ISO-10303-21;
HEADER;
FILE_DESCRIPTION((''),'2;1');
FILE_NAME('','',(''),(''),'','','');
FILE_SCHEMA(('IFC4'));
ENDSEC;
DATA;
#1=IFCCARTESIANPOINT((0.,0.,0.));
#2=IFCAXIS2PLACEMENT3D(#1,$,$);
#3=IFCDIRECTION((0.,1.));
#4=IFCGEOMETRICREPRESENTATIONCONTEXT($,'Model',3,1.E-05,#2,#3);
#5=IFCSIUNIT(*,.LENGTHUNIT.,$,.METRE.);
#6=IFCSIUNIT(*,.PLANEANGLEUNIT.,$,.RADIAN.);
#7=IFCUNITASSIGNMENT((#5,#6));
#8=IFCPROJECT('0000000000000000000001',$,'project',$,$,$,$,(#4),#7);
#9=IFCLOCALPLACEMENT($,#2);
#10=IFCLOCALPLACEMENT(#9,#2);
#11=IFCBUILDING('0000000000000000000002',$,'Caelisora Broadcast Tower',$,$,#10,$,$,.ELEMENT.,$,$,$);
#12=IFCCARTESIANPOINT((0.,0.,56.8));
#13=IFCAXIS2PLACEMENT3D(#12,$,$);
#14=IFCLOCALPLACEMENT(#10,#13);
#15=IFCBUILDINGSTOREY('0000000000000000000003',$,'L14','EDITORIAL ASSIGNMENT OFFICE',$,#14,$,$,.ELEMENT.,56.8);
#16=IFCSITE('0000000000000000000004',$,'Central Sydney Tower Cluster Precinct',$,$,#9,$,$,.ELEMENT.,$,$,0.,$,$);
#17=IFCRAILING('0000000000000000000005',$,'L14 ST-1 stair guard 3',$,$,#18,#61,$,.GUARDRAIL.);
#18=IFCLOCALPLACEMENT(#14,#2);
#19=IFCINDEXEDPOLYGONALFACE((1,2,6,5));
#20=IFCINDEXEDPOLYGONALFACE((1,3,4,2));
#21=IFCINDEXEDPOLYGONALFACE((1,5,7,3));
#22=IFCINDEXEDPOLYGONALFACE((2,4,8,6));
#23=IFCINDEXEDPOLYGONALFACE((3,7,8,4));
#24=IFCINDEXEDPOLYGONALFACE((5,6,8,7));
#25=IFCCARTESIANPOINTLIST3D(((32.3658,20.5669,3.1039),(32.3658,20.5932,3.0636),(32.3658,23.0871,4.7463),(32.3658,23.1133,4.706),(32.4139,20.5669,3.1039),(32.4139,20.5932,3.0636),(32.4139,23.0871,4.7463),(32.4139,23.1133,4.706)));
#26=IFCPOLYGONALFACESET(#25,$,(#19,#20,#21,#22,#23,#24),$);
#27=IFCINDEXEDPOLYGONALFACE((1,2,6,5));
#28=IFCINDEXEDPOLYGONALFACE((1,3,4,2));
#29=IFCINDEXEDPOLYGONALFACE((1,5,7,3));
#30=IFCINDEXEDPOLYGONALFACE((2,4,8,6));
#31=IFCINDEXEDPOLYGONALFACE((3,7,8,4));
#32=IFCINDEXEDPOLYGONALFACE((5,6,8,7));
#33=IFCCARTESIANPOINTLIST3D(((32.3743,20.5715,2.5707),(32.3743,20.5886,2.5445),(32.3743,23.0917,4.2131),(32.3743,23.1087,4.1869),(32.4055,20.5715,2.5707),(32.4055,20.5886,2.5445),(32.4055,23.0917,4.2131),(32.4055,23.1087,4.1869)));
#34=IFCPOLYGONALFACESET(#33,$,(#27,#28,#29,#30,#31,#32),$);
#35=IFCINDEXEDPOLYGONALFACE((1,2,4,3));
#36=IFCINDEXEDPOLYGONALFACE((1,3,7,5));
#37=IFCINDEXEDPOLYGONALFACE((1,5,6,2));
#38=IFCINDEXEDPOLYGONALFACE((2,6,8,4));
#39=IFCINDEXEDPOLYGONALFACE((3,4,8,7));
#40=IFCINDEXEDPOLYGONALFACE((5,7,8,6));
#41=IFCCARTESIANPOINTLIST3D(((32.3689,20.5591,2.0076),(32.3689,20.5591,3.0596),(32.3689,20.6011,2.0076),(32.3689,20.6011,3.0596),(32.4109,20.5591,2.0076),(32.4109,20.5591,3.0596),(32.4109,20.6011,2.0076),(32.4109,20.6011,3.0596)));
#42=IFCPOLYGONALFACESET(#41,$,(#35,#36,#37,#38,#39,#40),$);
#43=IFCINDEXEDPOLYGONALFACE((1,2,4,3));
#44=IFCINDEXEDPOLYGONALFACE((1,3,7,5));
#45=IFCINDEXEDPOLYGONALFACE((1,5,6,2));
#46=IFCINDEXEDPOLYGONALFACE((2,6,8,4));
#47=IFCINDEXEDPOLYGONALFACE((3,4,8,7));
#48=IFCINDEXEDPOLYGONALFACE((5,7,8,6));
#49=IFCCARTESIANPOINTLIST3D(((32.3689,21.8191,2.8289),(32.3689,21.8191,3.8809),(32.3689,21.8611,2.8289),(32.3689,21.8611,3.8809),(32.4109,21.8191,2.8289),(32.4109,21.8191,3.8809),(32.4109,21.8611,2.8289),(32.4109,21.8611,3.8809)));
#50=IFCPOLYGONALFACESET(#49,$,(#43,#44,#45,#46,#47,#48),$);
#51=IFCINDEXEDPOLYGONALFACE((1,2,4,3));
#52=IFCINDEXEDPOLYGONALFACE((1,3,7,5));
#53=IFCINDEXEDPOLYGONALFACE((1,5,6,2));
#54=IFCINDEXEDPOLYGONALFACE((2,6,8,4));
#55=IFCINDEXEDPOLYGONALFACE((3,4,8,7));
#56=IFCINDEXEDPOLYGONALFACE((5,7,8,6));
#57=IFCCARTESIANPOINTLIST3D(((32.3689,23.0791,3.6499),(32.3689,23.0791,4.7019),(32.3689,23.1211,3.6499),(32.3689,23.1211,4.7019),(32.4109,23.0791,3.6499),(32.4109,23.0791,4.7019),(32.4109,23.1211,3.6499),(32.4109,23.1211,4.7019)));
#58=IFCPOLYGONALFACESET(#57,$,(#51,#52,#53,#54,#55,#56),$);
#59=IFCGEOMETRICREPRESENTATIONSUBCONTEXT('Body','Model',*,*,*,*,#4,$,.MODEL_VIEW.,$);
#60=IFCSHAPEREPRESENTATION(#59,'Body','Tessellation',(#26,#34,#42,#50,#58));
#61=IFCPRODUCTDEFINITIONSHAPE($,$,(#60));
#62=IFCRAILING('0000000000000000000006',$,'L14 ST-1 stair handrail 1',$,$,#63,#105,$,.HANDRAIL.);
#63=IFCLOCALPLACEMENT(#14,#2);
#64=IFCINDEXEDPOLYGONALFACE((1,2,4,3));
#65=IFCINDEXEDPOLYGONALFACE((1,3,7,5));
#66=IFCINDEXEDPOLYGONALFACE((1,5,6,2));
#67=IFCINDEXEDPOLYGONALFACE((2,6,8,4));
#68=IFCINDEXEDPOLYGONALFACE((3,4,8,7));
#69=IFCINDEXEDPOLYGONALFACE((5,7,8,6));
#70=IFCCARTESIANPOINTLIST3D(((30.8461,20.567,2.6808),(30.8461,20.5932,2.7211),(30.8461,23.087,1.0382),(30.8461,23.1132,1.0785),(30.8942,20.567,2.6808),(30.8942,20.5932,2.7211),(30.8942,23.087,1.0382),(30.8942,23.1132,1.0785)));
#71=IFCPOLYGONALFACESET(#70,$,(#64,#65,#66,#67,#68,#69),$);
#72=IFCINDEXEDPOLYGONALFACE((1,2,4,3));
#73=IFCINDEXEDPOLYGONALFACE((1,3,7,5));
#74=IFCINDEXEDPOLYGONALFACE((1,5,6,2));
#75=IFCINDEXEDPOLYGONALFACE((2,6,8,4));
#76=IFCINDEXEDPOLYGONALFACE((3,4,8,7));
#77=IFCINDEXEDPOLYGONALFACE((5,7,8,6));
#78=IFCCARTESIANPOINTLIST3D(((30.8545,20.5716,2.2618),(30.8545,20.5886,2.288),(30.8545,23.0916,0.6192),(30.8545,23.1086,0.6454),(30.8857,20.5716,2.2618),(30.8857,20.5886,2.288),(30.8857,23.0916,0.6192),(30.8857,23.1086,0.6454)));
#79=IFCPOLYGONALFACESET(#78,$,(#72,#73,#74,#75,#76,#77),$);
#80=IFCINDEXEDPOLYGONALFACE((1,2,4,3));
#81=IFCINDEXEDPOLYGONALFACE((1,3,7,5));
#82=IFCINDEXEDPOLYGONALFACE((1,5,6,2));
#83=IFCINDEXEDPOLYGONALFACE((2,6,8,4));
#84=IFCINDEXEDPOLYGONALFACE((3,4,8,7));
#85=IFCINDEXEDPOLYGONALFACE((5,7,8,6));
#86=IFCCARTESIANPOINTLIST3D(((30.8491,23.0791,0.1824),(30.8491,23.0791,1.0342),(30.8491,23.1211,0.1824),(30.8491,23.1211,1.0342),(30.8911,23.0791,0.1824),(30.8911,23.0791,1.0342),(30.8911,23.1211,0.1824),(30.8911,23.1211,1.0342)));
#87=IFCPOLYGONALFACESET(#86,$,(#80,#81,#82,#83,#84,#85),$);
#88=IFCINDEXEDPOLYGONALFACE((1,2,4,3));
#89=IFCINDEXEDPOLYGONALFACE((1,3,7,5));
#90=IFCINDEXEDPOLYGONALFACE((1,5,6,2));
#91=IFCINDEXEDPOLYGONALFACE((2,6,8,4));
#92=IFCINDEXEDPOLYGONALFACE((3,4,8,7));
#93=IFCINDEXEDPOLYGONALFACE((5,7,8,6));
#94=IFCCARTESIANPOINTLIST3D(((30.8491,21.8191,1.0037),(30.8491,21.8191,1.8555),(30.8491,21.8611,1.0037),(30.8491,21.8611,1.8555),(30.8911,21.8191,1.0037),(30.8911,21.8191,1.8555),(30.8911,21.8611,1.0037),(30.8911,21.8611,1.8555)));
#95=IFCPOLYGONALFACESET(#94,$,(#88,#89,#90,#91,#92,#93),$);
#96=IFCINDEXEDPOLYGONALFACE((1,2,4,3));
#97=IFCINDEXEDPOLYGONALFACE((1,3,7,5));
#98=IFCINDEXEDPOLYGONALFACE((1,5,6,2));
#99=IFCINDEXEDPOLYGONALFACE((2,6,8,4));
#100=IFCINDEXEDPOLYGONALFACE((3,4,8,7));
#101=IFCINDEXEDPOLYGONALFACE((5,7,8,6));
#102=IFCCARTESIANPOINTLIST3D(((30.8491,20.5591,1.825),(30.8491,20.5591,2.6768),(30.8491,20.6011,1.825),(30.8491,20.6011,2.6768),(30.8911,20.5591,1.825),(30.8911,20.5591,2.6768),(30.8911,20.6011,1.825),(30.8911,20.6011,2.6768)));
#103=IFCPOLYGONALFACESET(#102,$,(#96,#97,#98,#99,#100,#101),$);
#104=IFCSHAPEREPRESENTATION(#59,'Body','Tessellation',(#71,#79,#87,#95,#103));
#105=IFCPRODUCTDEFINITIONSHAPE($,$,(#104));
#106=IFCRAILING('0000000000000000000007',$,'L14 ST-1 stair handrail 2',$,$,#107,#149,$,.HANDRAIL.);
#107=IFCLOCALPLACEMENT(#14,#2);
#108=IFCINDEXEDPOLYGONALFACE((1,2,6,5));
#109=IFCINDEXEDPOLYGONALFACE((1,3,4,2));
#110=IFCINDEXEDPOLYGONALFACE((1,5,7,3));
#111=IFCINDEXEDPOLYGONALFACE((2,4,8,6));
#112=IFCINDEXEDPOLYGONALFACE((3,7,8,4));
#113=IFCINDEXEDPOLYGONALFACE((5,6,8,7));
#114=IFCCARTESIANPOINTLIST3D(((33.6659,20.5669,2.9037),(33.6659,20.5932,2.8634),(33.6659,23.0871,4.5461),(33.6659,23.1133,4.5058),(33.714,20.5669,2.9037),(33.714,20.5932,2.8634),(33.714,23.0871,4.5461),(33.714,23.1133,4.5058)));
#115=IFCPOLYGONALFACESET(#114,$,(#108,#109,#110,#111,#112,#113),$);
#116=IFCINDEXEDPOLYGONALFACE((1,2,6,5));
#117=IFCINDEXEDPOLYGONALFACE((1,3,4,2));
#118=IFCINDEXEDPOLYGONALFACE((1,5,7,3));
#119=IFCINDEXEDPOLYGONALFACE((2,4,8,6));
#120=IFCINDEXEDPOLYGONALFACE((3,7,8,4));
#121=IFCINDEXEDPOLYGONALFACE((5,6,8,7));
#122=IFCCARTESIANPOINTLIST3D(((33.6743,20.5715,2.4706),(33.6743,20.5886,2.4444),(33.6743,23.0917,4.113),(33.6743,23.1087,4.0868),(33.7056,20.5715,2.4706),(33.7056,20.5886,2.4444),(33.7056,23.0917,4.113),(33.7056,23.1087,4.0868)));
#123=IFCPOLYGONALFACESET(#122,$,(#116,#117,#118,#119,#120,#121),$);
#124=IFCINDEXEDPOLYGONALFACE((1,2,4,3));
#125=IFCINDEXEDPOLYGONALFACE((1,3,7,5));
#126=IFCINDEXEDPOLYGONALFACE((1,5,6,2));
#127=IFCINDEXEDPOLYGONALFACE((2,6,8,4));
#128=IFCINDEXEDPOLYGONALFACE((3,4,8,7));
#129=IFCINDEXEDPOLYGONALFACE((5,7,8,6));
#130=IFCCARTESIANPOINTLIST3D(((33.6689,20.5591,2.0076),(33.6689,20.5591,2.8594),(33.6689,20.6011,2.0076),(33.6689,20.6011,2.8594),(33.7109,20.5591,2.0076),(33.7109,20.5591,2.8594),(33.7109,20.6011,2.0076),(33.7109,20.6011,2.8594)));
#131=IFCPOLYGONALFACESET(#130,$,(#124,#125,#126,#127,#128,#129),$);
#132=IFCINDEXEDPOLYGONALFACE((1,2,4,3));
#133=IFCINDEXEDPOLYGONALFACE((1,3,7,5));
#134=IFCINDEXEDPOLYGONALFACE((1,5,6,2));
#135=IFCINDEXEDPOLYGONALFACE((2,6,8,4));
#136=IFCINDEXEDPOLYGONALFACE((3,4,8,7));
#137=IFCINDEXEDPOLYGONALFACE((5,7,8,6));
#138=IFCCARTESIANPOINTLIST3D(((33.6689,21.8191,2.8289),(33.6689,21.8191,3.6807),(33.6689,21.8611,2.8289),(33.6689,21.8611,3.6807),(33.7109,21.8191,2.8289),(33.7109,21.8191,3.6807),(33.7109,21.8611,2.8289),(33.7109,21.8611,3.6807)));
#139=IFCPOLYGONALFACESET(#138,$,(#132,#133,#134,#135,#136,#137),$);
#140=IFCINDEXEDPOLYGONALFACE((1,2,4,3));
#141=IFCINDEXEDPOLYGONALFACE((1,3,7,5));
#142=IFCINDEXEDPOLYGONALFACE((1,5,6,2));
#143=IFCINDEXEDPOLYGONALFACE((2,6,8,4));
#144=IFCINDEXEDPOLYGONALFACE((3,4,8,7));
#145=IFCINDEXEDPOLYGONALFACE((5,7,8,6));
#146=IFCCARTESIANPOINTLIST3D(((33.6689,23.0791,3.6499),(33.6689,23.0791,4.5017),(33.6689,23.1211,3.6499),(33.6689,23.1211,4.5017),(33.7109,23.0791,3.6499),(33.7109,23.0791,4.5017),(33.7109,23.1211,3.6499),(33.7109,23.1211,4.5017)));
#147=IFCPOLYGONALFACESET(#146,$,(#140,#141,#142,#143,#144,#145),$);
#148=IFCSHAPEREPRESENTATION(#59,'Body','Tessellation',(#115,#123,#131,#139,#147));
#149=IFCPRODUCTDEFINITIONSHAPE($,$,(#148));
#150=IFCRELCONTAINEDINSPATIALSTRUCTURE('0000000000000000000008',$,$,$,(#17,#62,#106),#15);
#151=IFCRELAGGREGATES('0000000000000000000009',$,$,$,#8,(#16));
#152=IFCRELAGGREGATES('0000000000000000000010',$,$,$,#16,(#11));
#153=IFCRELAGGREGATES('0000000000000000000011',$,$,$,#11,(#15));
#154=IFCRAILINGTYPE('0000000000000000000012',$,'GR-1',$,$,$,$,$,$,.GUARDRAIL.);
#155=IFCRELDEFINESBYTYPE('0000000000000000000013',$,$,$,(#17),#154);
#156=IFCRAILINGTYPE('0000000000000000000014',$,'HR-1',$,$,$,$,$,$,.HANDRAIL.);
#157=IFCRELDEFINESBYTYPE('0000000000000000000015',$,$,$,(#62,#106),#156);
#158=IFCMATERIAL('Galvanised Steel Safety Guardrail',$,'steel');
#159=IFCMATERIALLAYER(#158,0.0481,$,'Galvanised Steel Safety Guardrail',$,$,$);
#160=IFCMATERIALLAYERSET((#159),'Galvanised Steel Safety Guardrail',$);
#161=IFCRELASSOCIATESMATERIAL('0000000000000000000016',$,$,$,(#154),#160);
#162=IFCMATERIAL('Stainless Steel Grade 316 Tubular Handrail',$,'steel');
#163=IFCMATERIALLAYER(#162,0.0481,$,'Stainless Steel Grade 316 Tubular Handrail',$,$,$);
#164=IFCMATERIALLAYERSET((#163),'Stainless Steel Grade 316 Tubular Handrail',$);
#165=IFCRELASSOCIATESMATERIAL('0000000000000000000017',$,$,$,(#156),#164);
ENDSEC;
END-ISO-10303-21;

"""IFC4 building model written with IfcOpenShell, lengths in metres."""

from ifc_helpers import new_model, si_unit, direction, frame, origin, origin_2d, place, context, subcontext, project, spatial, rectangle, extrude, material, layer, layer_set, type_object, element, save


model = new_model("IFC4")

# Units and contexts
model_context = context("Model", 3, precision=1e-05, world=origin(), true_north=direction((0.0, 1.0)))
body_context = subcontext(model_context, "Body", "Model", "MODEL_VIEW")
ifc_project = project(units=[si_unit("LENGTHUNIT", "METRE"), si_unit("PLANEANGLEUNIT", "RADIAN")], contexts=[model_context])

# Site, building, storey
site_placement = place(None, origin())
site = spatial("IfcSite", under=ifc_project, at=site_placement, Name="Central Sydney Tower Cluster Precinct", CompositionType="ELEMENT", RefElevation=0.0)
building_placement = place(site_placement, origin())
building = spatial("IfcBuilding", under=site, at=building_placement, Name="Caelisora Broadcast Tower", CompositionType="ELEMENT")
storey_placement = place(building_placement, frame((0.0, 0.0, 56.8)))
storey = spatial("IfcBuildingStorey", under=building, at=storey_placement, Name="L14", Description="EDITORIAL ASSIGNMENT OFFICE", CompositionType="ELEMENT", Elevation=56.8)

# Railings
ifc_material_1 = material(Name="Galvanised Steel Safety Guardrail", Category="steel")
ifc_layer_1 = layer(ifc_material_1, 0.0481, Name="Galvanised Steel Safety Guardrail")
ifc_layer_set_1 = layer_set([ifc_layer_1], Name="Galvanised Steel Safety Guardrail")
railing_type_1 = type_object("IfcRailingType", Name="GR-1", PredefinedType="GUARDRAIL", material=ifc_layer_set_1)
railing_1_placement = place(storey_placement, frame((32.3899, 20.5801, 2.0076)))
element("IfcRailing", 1, at=railing_1_placement, inside=storey, type_object=railing_type_1, Name="L14 ST-1 stair guard 3", PredefinedType="GUARDRAIL", context=body_context, shape_type="SweptSolid", body=[
    extrude(rectangle(XDim=0.0481, YDim=0.0481, at=origin_2d()), frame((0.0, 0.0, 1.0762), z_axis=(0.0, 0.837787, 0.545998), x_axis=(-1.0, 0.0, 0.0)), (0.0, 0.0, 1.0), 3.0081),
    extrude(rectangle(XDim=0.0312, YDim=0.0312, at=origin_2d()), frame((0.0, 0.0, 0.55), z_axis=(0.0, 0.837787, 0.545998), x_axis=(-1.0, 0.0, 0.0)), (0.0, 0.0, 1.0), 3.0081),
    extrude(rectangle(XDim=0.042, YDim=0.042, at=origin_2d()), origin(), (0.0, 0.0, 1.0), 1.052),
    extrude(rectangle(XDim=0.042, YDim=0.042, at=origin_2d()), frame((0.0, 1.26, 0.8213)), (0.0, 0.0, 1.0), 1.052),
    extrude(rectangle(XDim=0.042, YDim=0.042, at=origin_2d()), frame((0.0, 2.52, 1.6423)), (0.0, 0.0, 1.0), 1.052),
])
ifc_material_2 = material(Name="Stainless Steel Grade 316 Tubular Handrail", Category="steel")
ifc_layer_2 = layer(ifc_material_2, 0.0481, Name="Stainless Steel Grade 316 Tubular Handrail")
ifc_layer_set_2 = layer_set([ifc_layer_2], Name="Stainless Steel Grade 316 Tubular Handrail")
railing_type_2 = type_object("IfcRailingType", Name="HR-1", PredefinedType="HANDRAIL", material=ifc_layer_set_2)
railing_2_placement = place(storey_placement, frame((30.8701, 23.1001, 0.1824)))
element("IfcRailing", 2, at=railing_2_placement, inside=storey, type_object=railing_type_2, Name="L14 ST-1 stair handrail 1", PredefinedType="HANDRAIL", context=body_context, shape_type="SweptSolid", body=[
    extrude(rectangle(XDim=0.0481, YDim=0.0481, at=origin_2d()), frame((0.0, 0.0, 0.876), z_axis=(0.0, -0.837749, 0.546055), x_axis=(1.0, 0.0, 0.0)), (0.0, 0.0, 1.0), 3.0081),
    extrude(rectangle(XDim=0.0312, YDim=0.0312, at=origin_2d()), frame((0.0, 0.0, 0.45), z_axis=(0.0, -0.837749, 0.546055), x_axis=(1.0, 0.0, 0.0)), (0.0, 0.0, 1.0), 3.0081),
    extrude(rectangle(XDim=0.042, YDim=0.042, at=origin_2d()), origin(), (0.0, 0.0, 1.0), 0.8518),
    extrude(rectangle(XDim=0.042, YDim=0.042, at=origin_2d()), frame((0.0, -1.26, 0.8213)), (0.0, 0.0, 1.0), 0.8518),
    extrude(rectangle(XDim=0.042, YDim=0.042, at=origin_2d()), frame((0.0, -2.52, 1.6426)), (0.0, 0.0, 1.0), 0.8518),
])
railing_3_placement = place(storey_placement, frame((33.6899, 20.5801, 2.0076)))
element("IfcRailing", 3, at=railing_3_placement, inside=storey, type_object=railing_type_2, Name="L14 ST-1 stair handrail 2", PredefinedType="HANDRAIL", context=body_context, shape_type="SweptSolid", body=[
    extrude(rectangle(XDim=0.0481, YDim=0.0481, at=origin_2d()), frame((0.0, 0.0, 0.876), z_axis=(0.0, 0.837787, 0.545998), x_axis=(-1.0, 0.0, 0.0)), (0.0, 0.0, 1.0), 3.0081),
    extrude(rectangle(XDim=0.0312, YDim=0.0312, at=origin_2d()), frame((0.0, 0.0, 0.45), z_axis=(0.0, 0.837787, 0.545998), x_axis=(-1.0, 0.0, 0.0)), (0.0, 0.0, 1.0), 3.0081),
    extrude(rectangle(XDim=0.042, YDim=0.042, at=origin_2d()), origin(), (0.0, 0.0, 1.0), 0.8518),
    extrude(rectangle(XDim=0.042, YDim=0.042, at=origin_2d()), frame((0.0, 1.26, 0.8213)), (0.0, 0.0, 1.0), 0.8518),
    extrude(rectangle(XDim=0.042, YDim=0.042, at=origin_2d()), frame((0.0, 2.52, 1.6423)), (0.0, 0.0, 1.0), 0.8518),
])

save(model, "model.ifc")
